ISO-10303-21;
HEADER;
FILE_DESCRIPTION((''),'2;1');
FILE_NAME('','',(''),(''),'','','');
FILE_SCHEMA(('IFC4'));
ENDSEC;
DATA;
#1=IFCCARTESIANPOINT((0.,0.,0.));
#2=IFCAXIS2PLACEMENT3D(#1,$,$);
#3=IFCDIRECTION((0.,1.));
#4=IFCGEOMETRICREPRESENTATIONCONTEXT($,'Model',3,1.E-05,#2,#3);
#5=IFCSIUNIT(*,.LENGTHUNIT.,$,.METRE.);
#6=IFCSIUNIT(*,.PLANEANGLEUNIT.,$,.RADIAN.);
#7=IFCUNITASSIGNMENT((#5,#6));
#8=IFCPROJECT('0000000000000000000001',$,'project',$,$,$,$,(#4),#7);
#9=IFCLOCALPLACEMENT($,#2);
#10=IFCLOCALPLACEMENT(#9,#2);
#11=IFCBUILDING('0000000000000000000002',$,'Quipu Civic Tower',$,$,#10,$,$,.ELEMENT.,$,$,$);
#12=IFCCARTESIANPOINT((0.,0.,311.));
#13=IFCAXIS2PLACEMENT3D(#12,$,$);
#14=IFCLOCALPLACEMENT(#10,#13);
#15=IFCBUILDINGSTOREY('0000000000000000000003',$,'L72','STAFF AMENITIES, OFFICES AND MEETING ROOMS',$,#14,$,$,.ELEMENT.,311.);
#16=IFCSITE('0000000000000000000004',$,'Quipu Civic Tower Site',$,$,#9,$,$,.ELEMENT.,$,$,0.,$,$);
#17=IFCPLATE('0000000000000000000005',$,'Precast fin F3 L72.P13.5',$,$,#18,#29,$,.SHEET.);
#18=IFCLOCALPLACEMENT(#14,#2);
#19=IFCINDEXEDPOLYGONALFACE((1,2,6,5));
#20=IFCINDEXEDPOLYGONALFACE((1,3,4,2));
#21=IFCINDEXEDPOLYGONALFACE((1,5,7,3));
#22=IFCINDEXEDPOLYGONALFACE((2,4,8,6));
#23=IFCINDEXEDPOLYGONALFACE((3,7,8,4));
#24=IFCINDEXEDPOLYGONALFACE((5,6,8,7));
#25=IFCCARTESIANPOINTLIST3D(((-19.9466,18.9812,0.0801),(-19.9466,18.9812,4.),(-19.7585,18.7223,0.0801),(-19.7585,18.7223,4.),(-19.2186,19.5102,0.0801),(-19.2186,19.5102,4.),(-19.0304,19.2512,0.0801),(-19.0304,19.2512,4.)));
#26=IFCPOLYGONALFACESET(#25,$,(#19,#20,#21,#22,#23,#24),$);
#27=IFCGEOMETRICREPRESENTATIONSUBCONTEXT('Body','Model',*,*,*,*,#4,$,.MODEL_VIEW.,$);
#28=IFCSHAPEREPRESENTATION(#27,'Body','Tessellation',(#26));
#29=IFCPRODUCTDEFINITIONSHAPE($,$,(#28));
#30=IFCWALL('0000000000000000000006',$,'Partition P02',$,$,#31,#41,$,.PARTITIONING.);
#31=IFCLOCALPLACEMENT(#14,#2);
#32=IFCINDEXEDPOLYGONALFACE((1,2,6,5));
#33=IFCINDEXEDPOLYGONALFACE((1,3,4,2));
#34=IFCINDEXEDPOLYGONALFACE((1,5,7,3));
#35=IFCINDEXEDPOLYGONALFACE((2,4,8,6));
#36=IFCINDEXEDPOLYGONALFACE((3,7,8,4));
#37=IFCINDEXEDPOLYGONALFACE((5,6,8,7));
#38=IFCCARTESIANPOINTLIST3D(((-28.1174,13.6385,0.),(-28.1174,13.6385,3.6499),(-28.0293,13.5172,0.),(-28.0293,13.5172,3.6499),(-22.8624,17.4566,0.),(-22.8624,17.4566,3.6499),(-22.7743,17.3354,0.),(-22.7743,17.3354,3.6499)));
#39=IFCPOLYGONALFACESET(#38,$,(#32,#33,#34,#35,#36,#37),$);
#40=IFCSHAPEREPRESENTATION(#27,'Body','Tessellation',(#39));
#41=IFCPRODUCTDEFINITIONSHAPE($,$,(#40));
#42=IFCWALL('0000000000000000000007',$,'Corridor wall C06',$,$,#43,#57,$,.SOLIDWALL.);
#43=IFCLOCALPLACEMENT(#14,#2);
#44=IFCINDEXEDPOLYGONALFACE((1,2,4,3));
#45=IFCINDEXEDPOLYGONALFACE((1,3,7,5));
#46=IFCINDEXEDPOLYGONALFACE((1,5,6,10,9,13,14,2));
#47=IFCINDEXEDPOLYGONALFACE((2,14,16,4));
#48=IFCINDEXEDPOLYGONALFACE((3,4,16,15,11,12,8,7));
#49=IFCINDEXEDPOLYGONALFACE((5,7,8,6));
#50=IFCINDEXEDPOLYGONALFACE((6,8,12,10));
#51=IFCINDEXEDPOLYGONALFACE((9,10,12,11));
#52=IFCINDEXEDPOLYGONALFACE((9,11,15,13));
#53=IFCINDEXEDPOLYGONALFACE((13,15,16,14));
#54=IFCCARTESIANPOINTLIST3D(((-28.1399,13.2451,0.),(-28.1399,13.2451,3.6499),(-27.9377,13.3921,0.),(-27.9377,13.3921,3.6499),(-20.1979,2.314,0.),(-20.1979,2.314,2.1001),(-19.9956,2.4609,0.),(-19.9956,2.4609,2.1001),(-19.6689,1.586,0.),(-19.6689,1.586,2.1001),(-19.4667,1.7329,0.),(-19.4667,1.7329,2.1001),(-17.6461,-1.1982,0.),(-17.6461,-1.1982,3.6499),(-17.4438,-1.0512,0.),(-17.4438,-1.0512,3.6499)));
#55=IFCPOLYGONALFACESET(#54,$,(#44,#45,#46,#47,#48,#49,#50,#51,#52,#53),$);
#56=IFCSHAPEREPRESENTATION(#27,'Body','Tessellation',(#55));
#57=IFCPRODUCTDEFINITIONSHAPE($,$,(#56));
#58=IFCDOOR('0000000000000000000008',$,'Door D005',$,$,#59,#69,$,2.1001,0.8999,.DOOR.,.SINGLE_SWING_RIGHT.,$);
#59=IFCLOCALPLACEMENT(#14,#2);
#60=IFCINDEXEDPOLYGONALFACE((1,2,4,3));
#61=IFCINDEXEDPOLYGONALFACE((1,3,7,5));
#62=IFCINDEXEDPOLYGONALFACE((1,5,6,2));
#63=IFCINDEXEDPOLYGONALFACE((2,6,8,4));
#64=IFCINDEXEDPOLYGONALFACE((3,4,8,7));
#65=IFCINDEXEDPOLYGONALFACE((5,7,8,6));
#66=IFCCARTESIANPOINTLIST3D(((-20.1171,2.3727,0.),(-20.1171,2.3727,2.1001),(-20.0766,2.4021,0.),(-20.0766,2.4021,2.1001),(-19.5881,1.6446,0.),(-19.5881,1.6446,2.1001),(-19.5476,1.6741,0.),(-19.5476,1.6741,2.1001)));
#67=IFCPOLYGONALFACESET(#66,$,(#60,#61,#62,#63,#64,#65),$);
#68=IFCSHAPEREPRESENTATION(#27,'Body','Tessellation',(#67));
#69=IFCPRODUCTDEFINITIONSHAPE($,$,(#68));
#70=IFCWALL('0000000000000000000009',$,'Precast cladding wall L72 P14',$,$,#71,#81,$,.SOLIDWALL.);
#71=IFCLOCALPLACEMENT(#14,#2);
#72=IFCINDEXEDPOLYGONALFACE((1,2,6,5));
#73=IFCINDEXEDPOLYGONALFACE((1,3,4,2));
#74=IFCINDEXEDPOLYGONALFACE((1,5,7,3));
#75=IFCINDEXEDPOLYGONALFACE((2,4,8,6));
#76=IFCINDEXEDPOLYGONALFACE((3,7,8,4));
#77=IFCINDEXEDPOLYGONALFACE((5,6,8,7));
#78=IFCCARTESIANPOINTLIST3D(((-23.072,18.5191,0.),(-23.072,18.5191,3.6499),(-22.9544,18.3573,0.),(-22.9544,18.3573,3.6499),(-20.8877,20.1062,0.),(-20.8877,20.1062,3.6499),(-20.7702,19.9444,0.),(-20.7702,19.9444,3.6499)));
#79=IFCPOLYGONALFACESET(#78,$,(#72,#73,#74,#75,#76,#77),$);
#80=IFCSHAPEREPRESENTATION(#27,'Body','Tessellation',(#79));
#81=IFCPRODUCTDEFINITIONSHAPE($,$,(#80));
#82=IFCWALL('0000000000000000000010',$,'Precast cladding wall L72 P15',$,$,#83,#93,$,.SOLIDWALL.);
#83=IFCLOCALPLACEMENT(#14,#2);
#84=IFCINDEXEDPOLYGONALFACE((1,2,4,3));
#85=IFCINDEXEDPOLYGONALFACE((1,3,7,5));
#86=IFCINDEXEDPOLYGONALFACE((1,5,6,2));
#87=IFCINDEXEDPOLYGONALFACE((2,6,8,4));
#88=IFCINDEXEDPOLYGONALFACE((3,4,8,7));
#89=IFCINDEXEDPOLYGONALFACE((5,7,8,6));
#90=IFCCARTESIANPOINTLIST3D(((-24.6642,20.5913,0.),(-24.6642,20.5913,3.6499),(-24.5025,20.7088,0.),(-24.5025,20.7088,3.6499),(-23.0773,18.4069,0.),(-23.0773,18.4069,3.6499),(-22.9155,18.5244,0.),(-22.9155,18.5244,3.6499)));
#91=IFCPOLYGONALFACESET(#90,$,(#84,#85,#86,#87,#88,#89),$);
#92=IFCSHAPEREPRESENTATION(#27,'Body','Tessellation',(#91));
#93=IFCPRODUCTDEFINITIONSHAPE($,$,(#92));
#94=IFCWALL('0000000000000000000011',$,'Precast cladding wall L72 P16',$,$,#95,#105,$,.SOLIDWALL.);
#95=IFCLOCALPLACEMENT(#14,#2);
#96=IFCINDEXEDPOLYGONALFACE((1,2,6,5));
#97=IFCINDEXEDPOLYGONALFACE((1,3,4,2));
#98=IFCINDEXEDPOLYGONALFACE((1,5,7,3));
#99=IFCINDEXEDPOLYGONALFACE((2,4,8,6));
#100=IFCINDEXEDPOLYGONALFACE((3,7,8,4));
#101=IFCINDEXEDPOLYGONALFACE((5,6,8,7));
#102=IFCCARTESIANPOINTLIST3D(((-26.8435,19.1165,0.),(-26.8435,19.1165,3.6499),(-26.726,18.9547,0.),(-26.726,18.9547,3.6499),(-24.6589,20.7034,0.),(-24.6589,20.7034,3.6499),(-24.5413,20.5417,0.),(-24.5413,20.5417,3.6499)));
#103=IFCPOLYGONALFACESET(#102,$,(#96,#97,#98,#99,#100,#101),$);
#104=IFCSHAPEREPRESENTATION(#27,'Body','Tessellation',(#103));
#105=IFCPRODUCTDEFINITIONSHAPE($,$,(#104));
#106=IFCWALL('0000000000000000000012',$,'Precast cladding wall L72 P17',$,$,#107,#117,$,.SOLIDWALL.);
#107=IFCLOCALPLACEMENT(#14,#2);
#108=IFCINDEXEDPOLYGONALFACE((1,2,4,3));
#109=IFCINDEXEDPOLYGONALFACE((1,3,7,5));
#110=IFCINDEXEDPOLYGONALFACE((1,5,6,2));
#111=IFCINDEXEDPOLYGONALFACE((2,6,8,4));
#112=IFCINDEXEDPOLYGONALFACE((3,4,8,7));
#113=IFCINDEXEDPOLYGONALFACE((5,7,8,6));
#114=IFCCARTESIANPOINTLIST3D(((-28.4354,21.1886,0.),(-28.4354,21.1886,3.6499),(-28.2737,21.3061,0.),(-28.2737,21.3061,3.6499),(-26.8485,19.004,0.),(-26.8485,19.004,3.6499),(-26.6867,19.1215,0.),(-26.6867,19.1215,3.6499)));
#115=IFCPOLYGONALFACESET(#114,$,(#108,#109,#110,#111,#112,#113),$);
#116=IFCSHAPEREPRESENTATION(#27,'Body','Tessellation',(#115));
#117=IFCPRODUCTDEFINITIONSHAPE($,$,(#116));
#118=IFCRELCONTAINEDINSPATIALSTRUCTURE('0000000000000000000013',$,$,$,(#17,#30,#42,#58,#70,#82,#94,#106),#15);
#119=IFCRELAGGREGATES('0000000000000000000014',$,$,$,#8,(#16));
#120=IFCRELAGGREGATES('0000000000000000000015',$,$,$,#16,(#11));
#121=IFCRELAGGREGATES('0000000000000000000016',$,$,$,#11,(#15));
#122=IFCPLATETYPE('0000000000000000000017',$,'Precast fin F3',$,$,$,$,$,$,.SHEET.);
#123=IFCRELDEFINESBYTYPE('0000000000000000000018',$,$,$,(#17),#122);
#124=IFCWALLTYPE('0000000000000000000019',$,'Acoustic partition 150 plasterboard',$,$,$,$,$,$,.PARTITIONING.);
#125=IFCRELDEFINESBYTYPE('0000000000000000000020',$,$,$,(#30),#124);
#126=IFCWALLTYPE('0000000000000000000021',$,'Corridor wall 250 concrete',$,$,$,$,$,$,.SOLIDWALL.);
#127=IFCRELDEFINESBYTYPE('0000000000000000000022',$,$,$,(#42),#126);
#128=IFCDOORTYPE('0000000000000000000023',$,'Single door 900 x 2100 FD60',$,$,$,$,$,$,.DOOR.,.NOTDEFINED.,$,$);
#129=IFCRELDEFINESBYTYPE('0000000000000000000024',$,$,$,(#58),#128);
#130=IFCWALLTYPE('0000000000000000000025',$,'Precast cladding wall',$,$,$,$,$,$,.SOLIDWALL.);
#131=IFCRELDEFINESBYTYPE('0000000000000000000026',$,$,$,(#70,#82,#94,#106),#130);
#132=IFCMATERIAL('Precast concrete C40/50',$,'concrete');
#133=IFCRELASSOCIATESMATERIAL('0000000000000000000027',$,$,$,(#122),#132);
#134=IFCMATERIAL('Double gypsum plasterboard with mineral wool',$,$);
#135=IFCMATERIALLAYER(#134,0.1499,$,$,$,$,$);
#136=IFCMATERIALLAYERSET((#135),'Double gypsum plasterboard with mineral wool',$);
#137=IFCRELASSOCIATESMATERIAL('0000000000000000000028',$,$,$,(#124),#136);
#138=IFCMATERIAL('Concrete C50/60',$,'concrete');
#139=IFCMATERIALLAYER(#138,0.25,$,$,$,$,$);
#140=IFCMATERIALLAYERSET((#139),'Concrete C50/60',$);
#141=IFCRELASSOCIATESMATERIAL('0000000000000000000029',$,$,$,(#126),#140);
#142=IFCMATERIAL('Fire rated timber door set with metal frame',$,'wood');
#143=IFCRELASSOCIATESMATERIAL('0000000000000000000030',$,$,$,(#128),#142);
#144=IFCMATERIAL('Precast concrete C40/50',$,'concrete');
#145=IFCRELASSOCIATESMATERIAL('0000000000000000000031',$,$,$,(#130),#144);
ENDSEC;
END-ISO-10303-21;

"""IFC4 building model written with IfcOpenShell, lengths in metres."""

from ifc_helpers import new_model, si_unit, direction, frame, frame_2d, origin, origin_2d, place, context, subcontext, project, spatial, rectangle, extrude, material, layer, layer_set, type_object, element, fill, save


model = new_model("IFC4")

# Units and contexts
model_context = context("Model", 3, precision=1e-05, world=origin(), true_north=direction((0.0, 1.0)))
body_context = subcontext(model_context, "Body", "Model", "MODEL_VIEW")
ifc_project = project(units=[si_unit("LENGTHUNIT", "METRE"), si_unit("PLANEANGLEUNIT", "RADIAN")], contexts=[model_context])

# Site, building, storey
site_placement = place(None, origin())
site = spatial("IfcSite", under=ifc_project, at=site_placement, Name="Quipu Civic Tower Site", CompositionType="ELEMENT", RefElevation=0.0)
building_placement = place(site_placement, origin())
building = spatial("IfcBuilding", under=site, at=building_placement, Name="Quipu Civic Tower", CompositionType="ELEMENT")
storey_placement = place(building_placement, frame((0.0, 0.0, 311.0)))
storey = spatial("IfcBuildingStorey", under=building, at=storey_placement, Name="L72", Description="STAFF AMENITIES, OFFICES AND MEETING ROOMS", CompositionType="ELEMENT", Elevation=311.0)

# Plate
ifc_material_1 = material(Name="Precast concrete C40/50", Category="concrete")
plate_type = type_object("IfcPlateType", Name="Precast fin F3", PredefinedType="SHEET", material=ifc_material_1)
for number, where, z_axis, x_axis, name in (
    (1, (-19.4885, 19.1162, 0.0801), (0.0, 0.0, 1.0), (-0.587784, 0.809018, 0.0), "Precast fin F3 L72.P13.5"),
):
    element("IfcPlate", number, at=place(storey_placement, frame(where, z_axis=z_axis, x_axis=x_axis)), inside=storey, type_object=plate_type, Name=name, PredefinedType="SHEET", context=body_context, shape_type="SweptSolid", body=[
        extrude(rectangle(XDim=0.3201, YDim=0.8999, at=origin_2d()), origin(), (0.0, 0.0, 1.0), 3.9199),
    ])

# Wall
ifc_material_2 = material(Name="Double gypsum plasterboard with mineral wool")
ifc_layer_1 = layer(ifc_material_2, 0.1499)
ifc_layer_set_1 = layer_set([ifc_layer_1], Name="Double gypsum plasterboard with mineral wool")
wall_type_1 = type_object("IfcWallType", Name="Acoustic partition 150 plasterboard", PredefinedType="PARTITIONING", material=ifc_layer_set_1)
wall_1_placement = place(storey_placement, frame((-22.8184, 17.396, 0.0), z_axis=(0.0, 0.0, 1.0), x_axis=(-0.809001, -0.587807, 0.0)))
element("IfcWall", 2, at=wall_1_placement, inside=storey, type_object=wall_type_1, Name="Partition P02", PredefinedType="PARTITIONING", context=body_context, shape_type="SweptSolid", body=[
    extrude(rectangle(XDim=6.4956, YDim=0.1499, at=frame_2d((3.2478, 0.0))), origin(), (0.0, 0.0, 1.0), 3.6499),
])

# Wall, opening, door
ifc_material_3 = material(Name="Concrete C50/60", Category="concrete")
ifc_layer_2 = layer(ifc_material_3, 0.25)
ifc_layer_set_2 = layer_set([ifc_layer_2], Name="Concrete C50/60")
wall_type_2 = type_object("IfcWallType", Name="Corridor wall 250 concrete", PredefinedType="SOLIDWALL", material=ifc_layer_set_2)
wall_2_placement = place(storey_placement, frame((-28.0388, 13.3186, 0.0), z_axis=(0.0, 0.0, 1.0), x_axis=(0.587792, -0.809012, 0.0)))
wall_2 = element("IfcWall", 3, at=wall_2_placement, inside=storey, type_object=wall_type_2, Name="Corridor wall C06", PredefinedType="SOLIDWALL", context=body_context, shape_type="SweptSolid", body=[
    extrude(rectangle(XDim=17.853, YDim=0.25, at=frame_2d((8.9265, 0.0))), origin(), (0.0, 0.0, 1.0), 3.6499),
])
opening_placement = place(wall_2_placement, frame((13.5117, 0.0, 0.0)))
opening = element("IfcOpeningElement", 4, at=opening_placement, cuts=wall_2, PredefinedType="OPENING", context=body_context, shape_type="SweptSolid", body=[
    extrude(rectangle(XDim=0.8999, YDim=2.1001, at=frame_2d((0.45, 1.05))), frame((0.0, 0.135, 0.0), z_axis=(0.0, -1.0, 0.0), x_axis=(1.0, 0.0, 0.0)), (0.0, 0.0, 1.0), 0.27),
])
ifc_material_4 = material(Name="Fire rated timber door set with metal frame", Category="wood")
door_type = type_object("IfcDoorType", Name="Single door 900 x 2100 FD60", OperationType="NOTDEFINED", PredefinedType="DOOR", material=ifc_material_4)
door_placement = place(opening_placement, origin())
door = element("IfcDoor", 5, at=door_placement, inside=storey, type_object=door_type, Name="Door D005", OperationType="SINGLE_SWING_RIGHT", OverallHeight=2.1001, OverallWidth=0.8999, PredefinedType="DOOR", context=body_context, shape_type="SweptSolid", body=[
    extrude(rectangle(XDim=0.8999, YDim=2.1001, at=frame_2d((0.45, 1.05))), frame((0.0, 0.0249, 0.0), z_axis=(0.0, -1.0, 0.0), x_axis=(1.0, 0.0, 0.0)), (0.0, 0.0, 1.0), 0.05),
])
fill(opening, door)

# Walls
ifc_material_5 = material(Name="Precast concrete C40/50", Category="concrete")
wall_type_3 = type_object("IfcWallType", Name="Precast cladding wall", PredefinedType="SOLIDWALL", material=ifc_material_5)
for number, where, z_axis, x_axis, name in (
    (6, (-20.8289, 20.0254, 0.0), (0.0, 0.0, 1.0), (-0.80899, -0.587822, 0.0), "Precast cladding wall L72 P14"),
    (7, (-22.9963, 18.4656, 0.0), (0.0, 0.0, 1.0), (-0.587763, 0.809033, 0.0), "Precast cladding wall L72 P15"),
):
    element("IfcWall", number, at=place(storey_placement, frame(where, z_axis=z_axis, x_axis=x_axis)), inside=storey, type_object=wall_type_3, Name=name, PredefinedType="SOLIDWALL", context=body_context, shape_type="SweptSolid", body=[
        extrude(rectangle(XDim=2.7, YDim=0.2, at=frame_2d((1.3501, 0.0))), origin(), (0.0, 0.0, 1.0), 3.6499),
    ])
for number, where, z_axis, x_axis, name in (
    (8, (-24.6001, 20.6226, 0.0), (0.0, 0.0, 1.0), (-0.809064, -0.58772, 0.0), "Precast cladding wall L72 P16"),
    (9, (-26.7676, 19.0627, 0.0), (0.0, 0.0, 1.0), (-0.58772, 0.809064, 0.0), "Precast cladding wall L72 P17"),
):
    element("IfcWall", number, at=place(storey_placement, frame(where, z_axis=z_axis, x_axis=x_axis)), inside=storey, type_object=wall_type_3, Name=name, PredefinedType="SOLIDWALL", context=body_context, shape_type="SweptSolid", body=[
        extrude(rectangle(XDim=2.7002, YDim=0.2, at=frame_2d((1.3501, 0.0))), origin(), (0.0, 0.0, 1.0), 3.6499),
    ])

save(model, "model.ifc")
